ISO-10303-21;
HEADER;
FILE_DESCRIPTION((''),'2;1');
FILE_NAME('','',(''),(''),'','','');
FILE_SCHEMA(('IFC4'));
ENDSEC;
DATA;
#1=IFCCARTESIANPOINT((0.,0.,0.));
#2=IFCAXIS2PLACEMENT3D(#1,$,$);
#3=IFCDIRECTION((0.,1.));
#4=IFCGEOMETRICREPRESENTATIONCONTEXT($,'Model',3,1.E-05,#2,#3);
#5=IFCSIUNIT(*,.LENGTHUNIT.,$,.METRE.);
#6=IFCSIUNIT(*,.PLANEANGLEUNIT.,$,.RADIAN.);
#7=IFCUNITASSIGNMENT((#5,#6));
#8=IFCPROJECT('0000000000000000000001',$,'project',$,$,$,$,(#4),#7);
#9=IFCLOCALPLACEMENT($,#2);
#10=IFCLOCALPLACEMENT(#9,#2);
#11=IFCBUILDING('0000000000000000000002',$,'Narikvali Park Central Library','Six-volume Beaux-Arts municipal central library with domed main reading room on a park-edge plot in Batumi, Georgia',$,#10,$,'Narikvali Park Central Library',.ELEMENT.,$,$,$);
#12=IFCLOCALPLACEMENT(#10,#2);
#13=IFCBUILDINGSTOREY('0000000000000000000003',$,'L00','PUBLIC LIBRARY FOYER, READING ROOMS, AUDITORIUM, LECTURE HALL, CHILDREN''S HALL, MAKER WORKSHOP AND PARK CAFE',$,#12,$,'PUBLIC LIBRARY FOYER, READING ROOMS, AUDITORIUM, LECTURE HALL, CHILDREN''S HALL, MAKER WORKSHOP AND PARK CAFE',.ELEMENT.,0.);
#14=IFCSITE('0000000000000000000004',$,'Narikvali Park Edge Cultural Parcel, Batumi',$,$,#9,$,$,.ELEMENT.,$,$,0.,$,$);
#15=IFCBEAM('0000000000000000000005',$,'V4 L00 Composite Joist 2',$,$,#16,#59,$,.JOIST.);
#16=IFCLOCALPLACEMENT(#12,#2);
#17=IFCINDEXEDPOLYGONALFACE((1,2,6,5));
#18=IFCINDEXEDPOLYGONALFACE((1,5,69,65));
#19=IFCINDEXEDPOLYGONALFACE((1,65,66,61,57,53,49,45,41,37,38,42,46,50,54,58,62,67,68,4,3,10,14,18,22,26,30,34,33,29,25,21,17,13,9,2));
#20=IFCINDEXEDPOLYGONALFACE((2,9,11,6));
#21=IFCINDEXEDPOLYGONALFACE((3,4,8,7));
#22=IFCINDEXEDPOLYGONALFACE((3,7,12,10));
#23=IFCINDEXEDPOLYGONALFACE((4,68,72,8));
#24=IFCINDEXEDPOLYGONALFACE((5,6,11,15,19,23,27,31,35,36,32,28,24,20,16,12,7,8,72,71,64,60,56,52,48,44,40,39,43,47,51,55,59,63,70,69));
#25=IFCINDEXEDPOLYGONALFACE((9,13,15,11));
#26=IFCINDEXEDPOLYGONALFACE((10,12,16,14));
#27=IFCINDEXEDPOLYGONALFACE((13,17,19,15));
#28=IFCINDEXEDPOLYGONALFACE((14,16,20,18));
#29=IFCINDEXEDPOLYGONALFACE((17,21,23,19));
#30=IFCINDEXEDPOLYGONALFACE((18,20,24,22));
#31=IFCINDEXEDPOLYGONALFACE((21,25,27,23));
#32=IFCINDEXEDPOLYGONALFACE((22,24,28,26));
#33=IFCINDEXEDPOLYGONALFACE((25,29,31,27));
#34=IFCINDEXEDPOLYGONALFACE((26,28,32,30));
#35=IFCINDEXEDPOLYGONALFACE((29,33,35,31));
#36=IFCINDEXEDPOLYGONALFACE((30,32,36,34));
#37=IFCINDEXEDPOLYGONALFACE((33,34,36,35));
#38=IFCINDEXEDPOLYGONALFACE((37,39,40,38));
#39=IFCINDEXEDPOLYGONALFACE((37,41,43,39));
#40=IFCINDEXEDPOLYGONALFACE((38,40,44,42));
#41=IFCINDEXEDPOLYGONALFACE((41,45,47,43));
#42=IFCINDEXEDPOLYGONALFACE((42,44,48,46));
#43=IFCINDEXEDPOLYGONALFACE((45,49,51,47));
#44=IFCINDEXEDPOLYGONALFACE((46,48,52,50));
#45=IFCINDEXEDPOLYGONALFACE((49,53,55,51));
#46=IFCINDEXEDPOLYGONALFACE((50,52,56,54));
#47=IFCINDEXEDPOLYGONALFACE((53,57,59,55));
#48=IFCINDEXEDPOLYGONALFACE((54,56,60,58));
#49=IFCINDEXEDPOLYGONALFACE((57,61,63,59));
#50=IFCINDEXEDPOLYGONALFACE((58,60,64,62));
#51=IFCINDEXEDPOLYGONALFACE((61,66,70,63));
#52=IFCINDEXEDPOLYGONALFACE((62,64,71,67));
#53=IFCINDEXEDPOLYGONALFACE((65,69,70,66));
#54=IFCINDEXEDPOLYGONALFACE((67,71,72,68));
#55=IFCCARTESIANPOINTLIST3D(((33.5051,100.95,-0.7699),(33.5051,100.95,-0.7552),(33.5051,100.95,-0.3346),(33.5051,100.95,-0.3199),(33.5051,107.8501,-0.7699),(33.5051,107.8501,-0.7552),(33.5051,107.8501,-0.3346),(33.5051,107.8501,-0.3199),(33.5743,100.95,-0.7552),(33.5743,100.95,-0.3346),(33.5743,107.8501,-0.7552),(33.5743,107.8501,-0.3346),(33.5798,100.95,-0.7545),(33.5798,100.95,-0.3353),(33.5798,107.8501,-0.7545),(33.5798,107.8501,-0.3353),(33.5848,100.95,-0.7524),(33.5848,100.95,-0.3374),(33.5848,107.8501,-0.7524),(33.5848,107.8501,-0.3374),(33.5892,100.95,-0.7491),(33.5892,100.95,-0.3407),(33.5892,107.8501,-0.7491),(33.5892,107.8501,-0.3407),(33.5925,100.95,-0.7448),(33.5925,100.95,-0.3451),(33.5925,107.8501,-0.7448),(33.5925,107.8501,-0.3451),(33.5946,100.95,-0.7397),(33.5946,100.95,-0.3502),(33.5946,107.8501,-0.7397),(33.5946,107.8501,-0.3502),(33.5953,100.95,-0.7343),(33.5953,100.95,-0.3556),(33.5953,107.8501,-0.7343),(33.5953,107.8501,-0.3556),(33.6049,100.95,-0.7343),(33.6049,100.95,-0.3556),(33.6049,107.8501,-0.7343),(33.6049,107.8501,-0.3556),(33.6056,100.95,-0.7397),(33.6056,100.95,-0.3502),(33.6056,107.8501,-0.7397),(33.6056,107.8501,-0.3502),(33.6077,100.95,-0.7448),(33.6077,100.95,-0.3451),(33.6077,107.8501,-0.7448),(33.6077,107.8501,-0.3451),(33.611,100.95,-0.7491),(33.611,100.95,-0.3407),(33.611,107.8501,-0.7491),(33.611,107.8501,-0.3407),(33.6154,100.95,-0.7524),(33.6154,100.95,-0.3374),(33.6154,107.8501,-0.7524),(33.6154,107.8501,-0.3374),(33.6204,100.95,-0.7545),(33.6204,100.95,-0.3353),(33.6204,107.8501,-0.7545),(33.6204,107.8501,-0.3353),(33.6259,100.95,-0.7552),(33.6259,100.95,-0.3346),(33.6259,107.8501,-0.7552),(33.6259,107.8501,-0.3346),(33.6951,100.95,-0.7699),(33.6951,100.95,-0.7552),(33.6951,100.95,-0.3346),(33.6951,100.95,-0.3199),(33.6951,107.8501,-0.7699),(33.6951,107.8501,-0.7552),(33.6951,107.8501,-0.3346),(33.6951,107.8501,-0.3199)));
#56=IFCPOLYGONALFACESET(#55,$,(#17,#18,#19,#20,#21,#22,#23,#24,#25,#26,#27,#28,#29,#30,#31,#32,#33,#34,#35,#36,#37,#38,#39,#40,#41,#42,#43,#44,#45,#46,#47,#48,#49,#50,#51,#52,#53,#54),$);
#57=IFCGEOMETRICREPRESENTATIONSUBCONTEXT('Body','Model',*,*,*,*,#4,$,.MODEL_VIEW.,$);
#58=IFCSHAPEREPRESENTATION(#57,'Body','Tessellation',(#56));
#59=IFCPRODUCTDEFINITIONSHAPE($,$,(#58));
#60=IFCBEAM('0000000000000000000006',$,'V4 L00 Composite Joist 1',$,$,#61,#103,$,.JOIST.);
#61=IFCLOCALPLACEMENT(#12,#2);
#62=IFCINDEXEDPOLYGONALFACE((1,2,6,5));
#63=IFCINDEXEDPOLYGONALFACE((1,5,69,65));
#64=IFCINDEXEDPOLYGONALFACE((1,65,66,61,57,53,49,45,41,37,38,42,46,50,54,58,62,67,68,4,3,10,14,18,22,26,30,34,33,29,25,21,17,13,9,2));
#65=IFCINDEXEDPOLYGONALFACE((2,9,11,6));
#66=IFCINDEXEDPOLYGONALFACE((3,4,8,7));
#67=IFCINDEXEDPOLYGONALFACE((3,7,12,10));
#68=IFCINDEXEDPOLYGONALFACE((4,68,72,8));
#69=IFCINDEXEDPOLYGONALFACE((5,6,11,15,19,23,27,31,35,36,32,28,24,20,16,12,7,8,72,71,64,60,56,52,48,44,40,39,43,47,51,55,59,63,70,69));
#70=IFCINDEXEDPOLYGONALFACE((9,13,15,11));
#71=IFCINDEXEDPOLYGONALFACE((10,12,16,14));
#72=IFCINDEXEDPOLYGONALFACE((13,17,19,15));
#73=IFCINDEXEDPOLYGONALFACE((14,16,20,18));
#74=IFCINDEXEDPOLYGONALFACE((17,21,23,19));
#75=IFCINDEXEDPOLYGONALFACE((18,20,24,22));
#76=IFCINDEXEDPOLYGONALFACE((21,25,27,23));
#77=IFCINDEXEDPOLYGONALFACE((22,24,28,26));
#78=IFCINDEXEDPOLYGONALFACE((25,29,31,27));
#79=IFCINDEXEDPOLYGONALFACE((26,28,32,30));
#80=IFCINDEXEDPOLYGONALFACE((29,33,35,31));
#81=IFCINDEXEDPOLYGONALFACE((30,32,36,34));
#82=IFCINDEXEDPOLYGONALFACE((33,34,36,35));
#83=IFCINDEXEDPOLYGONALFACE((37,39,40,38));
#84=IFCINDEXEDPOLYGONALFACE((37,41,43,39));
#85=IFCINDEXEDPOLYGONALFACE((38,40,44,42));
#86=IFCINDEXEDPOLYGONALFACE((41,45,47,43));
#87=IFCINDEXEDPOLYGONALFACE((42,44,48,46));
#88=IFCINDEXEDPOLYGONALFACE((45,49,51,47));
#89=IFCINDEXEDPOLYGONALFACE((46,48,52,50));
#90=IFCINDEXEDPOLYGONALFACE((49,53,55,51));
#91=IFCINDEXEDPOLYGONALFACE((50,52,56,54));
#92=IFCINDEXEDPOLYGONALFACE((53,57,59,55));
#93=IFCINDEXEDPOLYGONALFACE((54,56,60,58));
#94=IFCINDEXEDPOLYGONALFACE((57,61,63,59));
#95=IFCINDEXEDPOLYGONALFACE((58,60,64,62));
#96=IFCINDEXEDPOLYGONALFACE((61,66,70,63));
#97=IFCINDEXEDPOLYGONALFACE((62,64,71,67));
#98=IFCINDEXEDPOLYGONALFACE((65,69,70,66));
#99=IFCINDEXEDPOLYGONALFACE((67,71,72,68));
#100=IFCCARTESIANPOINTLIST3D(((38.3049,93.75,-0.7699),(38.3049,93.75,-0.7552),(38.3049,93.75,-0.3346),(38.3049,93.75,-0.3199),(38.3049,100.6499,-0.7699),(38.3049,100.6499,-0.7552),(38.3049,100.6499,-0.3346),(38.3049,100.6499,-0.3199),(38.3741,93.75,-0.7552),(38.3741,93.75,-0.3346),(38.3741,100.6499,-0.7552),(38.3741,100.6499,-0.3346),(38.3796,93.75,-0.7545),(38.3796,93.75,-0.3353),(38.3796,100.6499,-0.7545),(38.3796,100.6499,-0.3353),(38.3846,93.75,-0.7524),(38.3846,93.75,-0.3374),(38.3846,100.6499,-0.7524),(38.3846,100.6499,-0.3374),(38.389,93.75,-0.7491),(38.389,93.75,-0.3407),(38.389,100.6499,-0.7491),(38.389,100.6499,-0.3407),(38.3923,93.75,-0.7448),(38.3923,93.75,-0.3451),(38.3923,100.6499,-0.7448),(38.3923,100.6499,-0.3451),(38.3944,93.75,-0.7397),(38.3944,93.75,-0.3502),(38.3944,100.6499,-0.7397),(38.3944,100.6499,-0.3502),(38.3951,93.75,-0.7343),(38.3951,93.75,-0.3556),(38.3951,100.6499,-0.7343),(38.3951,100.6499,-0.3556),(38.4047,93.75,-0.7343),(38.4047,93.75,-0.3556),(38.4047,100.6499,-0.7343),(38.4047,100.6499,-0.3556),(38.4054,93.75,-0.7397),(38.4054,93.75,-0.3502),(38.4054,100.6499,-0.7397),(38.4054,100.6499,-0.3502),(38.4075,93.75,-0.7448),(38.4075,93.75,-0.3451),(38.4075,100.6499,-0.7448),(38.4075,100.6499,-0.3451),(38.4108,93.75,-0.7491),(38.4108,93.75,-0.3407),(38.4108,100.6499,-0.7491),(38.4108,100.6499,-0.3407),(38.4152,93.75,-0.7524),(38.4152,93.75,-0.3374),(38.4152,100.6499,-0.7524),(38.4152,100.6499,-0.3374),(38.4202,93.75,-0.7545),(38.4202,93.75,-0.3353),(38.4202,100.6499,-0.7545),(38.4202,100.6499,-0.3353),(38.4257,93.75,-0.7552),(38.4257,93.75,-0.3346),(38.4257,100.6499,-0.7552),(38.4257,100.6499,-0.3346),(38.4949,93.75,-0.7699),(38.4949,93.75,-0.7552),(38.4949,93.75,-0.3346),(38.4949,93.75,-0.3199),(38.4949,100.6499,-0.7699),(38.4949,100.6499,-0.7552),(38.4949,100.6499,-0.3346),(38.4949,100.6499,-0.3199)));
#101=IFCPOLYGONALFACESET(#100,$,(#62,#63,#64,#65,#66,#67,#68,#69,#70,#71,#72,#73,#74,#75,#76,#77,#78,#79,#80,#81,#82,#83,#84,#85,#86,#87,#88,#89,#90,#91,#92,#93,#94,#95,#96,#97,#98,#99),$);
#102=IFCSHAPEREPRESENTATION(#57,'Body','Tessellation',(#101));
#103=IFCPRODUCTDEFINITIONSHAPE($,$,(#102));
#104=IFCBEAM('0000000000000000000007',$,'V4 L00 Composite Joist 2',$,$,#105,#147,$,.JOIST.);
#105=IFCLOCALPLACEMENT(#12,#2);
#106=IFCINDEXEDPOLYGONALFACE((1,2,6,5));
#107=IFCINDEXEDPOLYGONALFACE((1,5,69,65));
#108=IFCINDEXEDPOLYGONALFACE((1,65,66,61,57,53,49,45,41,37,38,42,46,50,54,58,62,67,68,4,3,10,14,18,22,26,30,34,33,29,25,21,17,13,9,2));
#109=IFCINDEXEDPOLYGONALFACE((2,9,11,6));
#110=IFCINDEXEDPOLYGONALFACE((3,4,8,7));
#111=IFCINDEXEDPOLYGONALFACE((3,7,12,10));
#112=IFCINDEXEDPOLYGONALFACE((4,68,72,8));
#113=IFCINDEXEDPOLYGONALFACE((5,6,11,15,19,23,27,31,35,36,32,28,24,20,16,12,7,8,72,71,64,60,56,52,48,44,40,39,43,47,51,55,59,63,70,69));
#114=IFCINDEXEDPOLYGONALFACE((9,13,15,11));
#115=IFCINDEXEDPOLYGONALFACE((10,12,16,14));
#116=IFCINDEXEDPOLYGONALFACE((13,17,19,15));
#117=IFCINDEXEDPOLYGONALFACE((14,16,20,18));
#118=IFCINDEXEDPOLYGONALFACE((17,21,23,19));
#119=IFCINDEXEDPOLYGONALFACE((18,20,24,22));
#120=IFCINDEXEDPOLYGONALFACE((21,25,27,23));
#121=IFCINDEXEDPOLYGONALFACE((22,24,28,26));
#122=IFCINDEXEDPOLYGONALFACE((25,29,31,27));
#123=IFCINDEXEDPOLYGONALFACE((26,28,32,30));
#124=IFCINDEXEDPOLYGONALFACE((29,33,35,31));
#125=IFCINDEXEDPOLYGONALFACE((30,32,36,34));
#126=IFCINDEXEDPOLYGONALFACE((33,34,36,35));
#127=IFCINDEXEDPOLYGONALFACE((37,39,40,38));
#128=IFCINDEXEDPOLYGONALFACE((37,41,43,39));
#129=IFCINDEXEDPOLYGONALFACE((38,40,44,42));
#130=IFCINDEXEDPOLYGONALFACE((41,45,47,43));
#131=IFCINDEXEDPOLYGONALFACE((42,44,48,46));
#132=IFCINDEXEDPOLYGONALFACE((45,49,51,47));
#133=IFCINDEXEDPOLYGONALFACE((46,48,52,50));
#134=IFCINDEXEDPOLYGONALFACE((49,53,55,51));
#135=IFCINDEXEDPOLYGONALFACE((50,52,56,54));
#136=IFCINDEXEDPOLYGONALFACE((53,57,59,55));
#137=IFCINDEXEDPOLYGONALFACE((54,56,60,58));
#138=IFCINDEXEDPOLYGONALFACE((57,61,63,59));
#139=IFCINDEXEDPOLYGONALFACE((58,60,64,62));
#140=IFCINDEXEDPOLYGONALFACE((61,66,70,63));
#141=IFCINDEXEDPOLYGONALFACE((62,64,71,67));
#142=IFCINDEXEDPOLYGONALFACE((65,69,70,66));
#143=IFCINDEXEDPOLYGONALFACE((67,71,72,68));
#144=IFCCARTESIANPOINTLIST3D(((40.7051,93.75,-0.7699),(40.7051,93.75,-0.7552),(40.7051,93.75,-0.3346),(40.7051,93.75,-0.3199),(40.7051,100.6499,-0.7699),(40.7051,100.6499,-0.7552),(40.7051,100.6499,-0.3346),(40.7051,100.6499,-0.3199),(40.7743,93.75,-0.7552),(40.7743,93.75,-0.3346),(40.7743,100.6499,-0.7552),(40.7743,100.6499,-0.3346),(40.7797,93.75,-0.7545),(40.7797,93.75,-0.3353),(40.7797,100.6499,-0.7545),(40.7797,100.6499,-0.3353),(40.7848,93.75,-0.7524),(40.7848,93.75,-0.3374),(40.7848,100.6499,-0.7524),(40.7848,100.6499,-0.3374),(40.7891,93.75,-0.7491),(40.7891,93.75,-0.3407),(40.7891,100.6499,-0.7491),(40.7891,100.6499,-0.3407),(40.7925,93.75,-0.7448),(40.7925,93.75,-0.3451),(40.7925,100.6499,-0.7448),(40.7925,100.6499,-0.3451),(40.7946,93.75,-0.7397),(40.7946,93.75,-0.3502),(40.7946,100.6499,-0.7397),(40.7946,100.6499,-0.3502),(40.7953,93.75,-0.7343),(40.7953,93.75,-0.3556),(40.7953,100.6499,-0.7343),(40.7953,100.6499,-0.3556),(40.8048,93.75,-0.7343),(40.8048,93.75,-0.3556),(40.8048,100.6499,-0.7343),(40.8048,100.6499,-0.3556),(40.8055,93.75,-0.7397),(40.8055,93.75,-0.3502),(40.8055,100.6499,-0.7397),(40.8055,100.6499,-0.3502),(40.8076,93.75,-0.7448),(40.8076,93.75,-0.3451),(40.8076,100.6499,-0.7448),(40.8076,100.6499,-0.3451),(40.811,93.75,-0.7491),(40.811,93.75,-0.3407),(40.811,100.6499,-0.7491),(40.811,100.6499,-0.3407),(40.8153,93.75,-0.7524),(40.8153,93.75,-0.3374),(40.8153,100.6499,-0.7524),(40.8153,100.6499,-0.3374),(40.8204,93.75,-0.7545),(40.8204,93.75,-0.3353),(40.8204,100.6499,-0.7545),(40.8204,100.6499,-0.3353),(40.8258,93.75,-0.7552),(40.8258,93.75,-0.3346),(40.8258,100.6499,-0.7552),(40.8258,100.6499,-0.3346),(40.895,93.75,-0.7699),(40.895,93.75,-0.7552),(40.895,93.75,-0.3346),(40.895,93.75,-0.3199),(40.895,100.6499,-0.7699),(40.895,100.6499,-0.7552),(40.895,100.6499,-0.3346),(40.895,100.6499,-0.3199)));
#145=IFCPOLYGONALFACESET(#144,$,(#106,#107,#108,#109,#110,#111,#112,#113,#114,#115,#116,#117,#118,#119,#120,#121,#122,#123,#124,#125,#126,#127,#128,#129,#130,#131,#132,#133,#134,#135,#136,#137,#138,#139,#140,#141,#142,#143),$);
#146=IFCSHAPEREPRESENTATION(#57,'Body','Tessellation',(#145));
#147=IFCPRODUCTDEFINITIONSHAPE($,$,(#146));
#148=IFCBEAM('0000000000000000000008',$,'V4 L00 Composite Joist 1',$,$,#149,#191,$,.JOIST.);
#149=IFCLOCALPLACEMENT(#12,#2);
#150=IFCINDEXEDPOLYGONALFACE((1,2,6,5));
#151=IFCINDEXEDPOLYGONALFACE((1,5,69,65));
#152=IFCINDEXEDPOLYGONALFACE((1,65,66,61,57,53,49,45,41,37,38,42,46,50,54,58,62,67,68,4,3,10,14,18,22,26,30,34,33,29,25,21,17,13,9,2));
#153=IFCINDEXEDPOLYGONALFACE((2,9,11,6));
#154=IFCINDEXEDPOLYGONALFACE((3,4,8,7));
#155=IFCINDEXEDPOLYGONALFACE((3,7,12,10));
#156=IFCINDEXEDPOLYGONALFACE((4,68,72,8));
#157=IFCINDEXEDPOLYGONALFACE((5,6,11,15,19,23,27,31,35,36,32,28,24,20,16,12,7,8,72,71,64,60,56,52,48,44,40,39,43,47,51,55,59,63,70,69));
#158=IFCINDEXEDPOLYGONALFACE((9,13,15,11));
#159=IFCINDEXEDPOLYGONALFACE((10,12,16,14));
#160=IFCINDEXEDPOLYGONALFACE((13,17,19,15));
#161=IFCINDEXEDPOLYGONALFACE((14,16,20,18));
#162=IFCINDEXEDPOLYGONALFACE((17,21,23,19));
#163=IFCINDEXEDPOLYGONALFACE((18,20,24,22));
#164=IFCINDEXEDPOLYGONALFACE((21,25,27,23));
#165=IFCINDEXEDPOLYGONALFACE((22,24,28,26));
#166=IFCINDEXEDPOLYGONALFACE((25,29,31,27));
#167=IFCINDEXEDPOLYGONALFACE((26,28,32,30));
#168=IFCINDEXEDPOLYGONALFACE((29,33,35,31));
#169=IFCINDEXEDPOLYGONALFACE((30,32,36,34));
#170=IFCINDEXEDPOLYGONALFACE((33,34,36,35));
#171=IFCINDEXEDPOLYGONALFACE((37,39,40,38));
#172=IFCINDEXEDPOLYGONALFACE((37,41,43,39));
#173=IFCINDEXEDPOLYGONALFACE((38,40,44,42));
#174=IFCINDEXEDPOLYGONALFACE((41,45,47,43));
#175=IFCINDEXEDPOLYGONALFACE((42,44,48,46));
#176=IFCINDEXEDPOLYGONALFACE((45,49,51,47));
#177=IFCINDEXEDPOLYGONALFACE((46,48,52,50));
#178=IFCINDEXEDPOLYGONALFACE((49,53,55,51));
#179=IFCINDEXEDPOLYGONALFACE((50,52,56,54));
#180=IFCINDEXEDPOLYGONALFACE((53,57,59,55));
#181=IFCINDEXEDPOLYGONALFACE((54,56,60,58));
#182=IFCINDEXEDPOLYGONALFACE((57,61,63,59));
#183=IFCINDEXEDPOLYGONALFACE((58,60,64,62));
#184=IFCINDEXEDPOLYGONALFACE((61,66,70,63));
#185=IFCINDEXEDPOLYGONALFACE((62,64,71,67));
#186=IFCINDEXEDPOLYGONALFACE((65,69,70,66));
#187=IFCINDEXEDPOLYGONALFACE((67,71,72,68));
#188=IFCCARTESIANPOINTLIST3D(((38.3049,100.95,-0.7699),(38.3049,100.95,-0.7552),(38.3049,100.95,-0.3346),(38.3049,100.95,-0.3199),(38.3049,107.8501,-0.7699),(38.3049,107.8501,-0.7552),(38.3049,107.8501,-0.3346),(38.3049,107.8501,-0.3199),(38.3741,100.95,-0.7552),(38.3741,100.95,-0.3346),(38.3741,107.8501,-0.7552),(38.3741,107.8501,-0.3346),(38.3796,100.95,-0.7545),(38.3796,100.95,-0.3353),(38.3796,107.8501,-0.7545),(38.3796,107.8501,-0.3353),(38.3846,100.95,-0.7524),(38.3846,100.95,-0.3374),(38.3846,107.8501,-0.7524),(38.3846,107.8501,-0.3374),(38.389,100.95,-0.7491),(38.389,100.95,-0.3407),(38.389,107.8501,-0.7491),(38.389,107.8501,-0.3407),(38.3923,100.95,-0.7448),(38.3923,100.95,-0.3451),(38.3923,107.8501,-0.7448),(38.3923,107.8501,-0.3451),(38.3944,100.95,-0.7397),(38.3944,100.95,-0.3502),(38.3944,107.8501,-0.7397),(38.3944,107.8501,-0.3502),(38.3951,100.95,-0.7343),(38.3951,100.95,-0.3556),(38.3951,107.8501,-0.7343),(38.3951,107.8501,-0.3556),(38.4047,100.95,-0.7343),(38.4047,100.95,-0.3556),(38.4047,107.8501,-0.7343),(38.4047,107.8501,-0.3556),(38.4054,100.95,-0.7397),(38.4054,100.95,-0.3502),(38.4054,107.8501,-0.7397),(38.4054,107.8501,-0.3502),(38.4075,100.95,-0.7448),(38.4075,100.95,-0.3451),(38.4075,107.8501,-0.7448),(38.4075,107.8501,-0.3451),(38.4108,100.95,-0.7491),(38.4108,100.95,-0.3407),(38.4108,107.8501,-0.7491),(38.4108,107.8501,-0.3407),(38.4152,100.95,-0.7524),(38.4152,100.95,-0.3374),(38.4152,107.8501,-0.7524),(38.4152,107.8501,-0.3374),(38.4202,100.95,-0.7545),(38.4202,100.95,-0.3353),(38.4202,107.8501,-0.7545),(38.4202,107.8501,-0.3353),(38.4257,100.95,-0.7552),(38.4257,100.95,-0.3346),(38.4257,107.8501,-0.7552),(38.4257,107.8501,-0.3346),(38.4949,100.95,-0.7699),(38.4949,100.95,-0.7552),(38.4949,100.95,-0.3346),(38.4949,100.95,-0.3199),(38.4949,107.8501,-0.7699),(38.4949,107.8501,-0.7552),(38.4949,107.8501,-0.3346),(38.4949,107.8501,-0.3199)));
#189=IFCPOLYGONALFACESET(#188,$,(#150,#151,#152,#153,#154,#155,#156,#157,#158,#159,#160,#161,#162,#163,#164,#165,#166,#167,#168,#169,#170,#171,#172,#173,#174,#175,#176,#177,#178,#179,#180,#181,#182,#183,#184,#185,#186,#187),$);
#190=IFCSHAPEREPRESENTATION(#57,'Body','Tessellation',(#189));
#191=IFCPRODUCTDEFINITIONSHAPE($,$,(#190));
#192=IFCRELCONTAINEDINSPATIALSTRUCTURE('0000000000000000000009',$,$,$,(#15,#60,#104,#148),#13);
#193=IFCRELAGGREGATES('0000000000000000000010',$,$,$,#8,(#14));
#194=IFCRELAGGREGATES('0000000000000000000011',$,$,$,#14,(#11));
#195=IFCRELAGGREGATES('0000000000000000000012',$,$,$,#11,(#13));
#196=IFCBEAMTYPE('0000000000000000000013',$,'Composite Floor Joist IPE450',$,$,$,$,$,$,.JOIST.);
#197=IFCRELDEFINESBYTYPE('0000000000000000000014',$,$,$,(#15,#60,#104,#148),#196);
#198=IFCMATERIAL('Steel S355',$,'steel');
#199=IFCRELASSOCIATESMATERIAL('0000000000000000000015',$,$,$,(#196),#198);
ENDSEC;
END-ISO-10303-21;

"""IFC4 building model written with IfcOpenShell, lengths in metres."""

from ifc_helpers import new_model, si_unit, direction, frame, origin, origin_2d, place, context, subcontext, project, spatial, i_section, extrude, material, material_profile, profile_set, type_object, element, save


model = new_model("IFC4")

# Units and contexts
model_context = context("Model", 3, precision=1e-05, world=origin(), true_north=direction((0.0, 1.0)))
body_context = subcontext(model_context, "Body", "Model", "MODEL_VIEW")
ifc_project = project(units=[si_unit("LENGTHUNIT", "METRE"), si_unit("PLANEANGLEUNIT", "RADIAN")], contexts=[model_context])

# Site, building, storey
site_placement = place(None, origin())
site = spatial("IfcSite", under=ifc_project, at=site_placement, Name="Narikvali Park Edge Cultural Parcel, Batumi", CompositionType="ELEMENT", RefElevation=0.0)
building_placement = place(site_placement, origin())
building = spatial("IfcBuilding", under=site, at=building_placement, Name="Narikvali Park Central Library", Description="Six-volume Beaux-Arts municipal central library with domed main reading room on a park-edge plot in Batumi, Georgia", LongName="Narikvali Park Central Library", CompositionType="ELEMENT")
storey_placement = place(building_placement, origin())
storey = spatial("IfcBuildingStorey", under=building, at=storey_placement, Name="L00", Description="PUBLIC LIBRARY FOYER, READING ROOMS, AUDITORIUM, LECTURE HALL, CHILDREN'S HALL, MAKER WORKSHOP AND PARK CAFE", LongName="PUBLIC LIBRARY FOYER, READING ROOMS, AUDITORIUM, LECTURE HALL, CHILDREN'S HALL, MAKER WORKSHOP AND PARK CAFE", CompositionType="ELEMENT", Elevation=0.0)

# Shared definitions
ifc_material = material(Name="Steel S355", Category="steel")

# Beams
ifc_material_profile_1 = material_profile(ifc_material, i_section(OverallWidth=0.1899, OverallDepth=0.45, WebThickness=0.0095, FlangeThickness=0.0146, FilletRadius=0.021, at=origin_2d()), Name="IPE 450")
ifc_profile_set_1 = profile_set([ifc_material_profile_1], Name="Steel S355")
beam_type_1 = type_object("IfcBeamType", Name="Composite Floor Joist IPE450", PredefinedType="JOIST", material=ifc_profile_set_1)
for number, where, z_axis, x_axis, name in (
    (1, (33.6001, 100.95, -0.5449), (0.0, 1.0, 0.0), (-1.0, 0.0, 0.0), "V4 L00 Composite Joist 2"),
):
    element("IfcBeam", number, at=place(storey_placement, frame(where, z_axis=z_axis, x_axis=x_axis)), inside=storey, type_object=beam_type_1, Name=name, PredefinedType="JOIST", context=body_context, shape_type="SweptSolid", body=[
        extrude(i_section(OverallWidth=0.1899, OverallDepth=0.45, WebThickness=0.0095, FlangeThickness=0.0146, FilletRadius=0.021, at=origin_2d()), origin(), (0.0, 0.0, 1.0), 6.9001),
    ])
for number, where, z_axis, x_axis, name in (
    (2, (38.3999, 93.75, -0.5449), (0.0, 1.0, 0.0), (-1.0, 0.0, 0.0), "V4 L00 Composite Joist 1"),
    (3, (40.8, 93.75, -0.5449), (0.0, 1.0, 0.0), (-1.0, 0.0, 0.0), "V4 L00 Composite Joist 2"),
):
    element("IfcBeam", number, at=place(storey_placement, frame(where, z_axis=z_axis, x_axis=x_axis)), inside=storey, type_object=beam_type_1, Name=name, PredefinedType="JOIST", context=body_context, shape_type="SweptSolid", body=[
        extrude(i_section(OverallWidth=0.1899, OverallDepth=0.45, WebThickness=0.0095, FlangeThickness=0.0146, FilletRadius=0.021, at=origin_2d()), origin(), (0.0, 0.0, 1.0), 6.8999),
    ])
for number, where, z_axis, x_axis, name in (
    (4, (38.3999, 100.95, -0.5449), (0.0, 1.0, 0.0), (-1.0, 0.0, 0.0), "V4 L00 Composite Joist 1"),
):
    element("IfcBeam", number, at=place(storey_placement, frame(where, z_axis=z_axis, x_axis=x_axis)), inside=storey, type_object=beam_type_1, Name=name, PredefinedType="JOIST", context=body_context, shape_type="SweptSolid", body=[
        extrude(i_section(OverallWidth=0.1899, OverallDepth=0.45, WebThickness=0.0095, FlangeThickness=0.0146, FilletRadius=0.021, at=origin_2d()), origin(), (0.0, 0.0, 1.0), 6.9001),
    ])

save(model, "model.ifc")
